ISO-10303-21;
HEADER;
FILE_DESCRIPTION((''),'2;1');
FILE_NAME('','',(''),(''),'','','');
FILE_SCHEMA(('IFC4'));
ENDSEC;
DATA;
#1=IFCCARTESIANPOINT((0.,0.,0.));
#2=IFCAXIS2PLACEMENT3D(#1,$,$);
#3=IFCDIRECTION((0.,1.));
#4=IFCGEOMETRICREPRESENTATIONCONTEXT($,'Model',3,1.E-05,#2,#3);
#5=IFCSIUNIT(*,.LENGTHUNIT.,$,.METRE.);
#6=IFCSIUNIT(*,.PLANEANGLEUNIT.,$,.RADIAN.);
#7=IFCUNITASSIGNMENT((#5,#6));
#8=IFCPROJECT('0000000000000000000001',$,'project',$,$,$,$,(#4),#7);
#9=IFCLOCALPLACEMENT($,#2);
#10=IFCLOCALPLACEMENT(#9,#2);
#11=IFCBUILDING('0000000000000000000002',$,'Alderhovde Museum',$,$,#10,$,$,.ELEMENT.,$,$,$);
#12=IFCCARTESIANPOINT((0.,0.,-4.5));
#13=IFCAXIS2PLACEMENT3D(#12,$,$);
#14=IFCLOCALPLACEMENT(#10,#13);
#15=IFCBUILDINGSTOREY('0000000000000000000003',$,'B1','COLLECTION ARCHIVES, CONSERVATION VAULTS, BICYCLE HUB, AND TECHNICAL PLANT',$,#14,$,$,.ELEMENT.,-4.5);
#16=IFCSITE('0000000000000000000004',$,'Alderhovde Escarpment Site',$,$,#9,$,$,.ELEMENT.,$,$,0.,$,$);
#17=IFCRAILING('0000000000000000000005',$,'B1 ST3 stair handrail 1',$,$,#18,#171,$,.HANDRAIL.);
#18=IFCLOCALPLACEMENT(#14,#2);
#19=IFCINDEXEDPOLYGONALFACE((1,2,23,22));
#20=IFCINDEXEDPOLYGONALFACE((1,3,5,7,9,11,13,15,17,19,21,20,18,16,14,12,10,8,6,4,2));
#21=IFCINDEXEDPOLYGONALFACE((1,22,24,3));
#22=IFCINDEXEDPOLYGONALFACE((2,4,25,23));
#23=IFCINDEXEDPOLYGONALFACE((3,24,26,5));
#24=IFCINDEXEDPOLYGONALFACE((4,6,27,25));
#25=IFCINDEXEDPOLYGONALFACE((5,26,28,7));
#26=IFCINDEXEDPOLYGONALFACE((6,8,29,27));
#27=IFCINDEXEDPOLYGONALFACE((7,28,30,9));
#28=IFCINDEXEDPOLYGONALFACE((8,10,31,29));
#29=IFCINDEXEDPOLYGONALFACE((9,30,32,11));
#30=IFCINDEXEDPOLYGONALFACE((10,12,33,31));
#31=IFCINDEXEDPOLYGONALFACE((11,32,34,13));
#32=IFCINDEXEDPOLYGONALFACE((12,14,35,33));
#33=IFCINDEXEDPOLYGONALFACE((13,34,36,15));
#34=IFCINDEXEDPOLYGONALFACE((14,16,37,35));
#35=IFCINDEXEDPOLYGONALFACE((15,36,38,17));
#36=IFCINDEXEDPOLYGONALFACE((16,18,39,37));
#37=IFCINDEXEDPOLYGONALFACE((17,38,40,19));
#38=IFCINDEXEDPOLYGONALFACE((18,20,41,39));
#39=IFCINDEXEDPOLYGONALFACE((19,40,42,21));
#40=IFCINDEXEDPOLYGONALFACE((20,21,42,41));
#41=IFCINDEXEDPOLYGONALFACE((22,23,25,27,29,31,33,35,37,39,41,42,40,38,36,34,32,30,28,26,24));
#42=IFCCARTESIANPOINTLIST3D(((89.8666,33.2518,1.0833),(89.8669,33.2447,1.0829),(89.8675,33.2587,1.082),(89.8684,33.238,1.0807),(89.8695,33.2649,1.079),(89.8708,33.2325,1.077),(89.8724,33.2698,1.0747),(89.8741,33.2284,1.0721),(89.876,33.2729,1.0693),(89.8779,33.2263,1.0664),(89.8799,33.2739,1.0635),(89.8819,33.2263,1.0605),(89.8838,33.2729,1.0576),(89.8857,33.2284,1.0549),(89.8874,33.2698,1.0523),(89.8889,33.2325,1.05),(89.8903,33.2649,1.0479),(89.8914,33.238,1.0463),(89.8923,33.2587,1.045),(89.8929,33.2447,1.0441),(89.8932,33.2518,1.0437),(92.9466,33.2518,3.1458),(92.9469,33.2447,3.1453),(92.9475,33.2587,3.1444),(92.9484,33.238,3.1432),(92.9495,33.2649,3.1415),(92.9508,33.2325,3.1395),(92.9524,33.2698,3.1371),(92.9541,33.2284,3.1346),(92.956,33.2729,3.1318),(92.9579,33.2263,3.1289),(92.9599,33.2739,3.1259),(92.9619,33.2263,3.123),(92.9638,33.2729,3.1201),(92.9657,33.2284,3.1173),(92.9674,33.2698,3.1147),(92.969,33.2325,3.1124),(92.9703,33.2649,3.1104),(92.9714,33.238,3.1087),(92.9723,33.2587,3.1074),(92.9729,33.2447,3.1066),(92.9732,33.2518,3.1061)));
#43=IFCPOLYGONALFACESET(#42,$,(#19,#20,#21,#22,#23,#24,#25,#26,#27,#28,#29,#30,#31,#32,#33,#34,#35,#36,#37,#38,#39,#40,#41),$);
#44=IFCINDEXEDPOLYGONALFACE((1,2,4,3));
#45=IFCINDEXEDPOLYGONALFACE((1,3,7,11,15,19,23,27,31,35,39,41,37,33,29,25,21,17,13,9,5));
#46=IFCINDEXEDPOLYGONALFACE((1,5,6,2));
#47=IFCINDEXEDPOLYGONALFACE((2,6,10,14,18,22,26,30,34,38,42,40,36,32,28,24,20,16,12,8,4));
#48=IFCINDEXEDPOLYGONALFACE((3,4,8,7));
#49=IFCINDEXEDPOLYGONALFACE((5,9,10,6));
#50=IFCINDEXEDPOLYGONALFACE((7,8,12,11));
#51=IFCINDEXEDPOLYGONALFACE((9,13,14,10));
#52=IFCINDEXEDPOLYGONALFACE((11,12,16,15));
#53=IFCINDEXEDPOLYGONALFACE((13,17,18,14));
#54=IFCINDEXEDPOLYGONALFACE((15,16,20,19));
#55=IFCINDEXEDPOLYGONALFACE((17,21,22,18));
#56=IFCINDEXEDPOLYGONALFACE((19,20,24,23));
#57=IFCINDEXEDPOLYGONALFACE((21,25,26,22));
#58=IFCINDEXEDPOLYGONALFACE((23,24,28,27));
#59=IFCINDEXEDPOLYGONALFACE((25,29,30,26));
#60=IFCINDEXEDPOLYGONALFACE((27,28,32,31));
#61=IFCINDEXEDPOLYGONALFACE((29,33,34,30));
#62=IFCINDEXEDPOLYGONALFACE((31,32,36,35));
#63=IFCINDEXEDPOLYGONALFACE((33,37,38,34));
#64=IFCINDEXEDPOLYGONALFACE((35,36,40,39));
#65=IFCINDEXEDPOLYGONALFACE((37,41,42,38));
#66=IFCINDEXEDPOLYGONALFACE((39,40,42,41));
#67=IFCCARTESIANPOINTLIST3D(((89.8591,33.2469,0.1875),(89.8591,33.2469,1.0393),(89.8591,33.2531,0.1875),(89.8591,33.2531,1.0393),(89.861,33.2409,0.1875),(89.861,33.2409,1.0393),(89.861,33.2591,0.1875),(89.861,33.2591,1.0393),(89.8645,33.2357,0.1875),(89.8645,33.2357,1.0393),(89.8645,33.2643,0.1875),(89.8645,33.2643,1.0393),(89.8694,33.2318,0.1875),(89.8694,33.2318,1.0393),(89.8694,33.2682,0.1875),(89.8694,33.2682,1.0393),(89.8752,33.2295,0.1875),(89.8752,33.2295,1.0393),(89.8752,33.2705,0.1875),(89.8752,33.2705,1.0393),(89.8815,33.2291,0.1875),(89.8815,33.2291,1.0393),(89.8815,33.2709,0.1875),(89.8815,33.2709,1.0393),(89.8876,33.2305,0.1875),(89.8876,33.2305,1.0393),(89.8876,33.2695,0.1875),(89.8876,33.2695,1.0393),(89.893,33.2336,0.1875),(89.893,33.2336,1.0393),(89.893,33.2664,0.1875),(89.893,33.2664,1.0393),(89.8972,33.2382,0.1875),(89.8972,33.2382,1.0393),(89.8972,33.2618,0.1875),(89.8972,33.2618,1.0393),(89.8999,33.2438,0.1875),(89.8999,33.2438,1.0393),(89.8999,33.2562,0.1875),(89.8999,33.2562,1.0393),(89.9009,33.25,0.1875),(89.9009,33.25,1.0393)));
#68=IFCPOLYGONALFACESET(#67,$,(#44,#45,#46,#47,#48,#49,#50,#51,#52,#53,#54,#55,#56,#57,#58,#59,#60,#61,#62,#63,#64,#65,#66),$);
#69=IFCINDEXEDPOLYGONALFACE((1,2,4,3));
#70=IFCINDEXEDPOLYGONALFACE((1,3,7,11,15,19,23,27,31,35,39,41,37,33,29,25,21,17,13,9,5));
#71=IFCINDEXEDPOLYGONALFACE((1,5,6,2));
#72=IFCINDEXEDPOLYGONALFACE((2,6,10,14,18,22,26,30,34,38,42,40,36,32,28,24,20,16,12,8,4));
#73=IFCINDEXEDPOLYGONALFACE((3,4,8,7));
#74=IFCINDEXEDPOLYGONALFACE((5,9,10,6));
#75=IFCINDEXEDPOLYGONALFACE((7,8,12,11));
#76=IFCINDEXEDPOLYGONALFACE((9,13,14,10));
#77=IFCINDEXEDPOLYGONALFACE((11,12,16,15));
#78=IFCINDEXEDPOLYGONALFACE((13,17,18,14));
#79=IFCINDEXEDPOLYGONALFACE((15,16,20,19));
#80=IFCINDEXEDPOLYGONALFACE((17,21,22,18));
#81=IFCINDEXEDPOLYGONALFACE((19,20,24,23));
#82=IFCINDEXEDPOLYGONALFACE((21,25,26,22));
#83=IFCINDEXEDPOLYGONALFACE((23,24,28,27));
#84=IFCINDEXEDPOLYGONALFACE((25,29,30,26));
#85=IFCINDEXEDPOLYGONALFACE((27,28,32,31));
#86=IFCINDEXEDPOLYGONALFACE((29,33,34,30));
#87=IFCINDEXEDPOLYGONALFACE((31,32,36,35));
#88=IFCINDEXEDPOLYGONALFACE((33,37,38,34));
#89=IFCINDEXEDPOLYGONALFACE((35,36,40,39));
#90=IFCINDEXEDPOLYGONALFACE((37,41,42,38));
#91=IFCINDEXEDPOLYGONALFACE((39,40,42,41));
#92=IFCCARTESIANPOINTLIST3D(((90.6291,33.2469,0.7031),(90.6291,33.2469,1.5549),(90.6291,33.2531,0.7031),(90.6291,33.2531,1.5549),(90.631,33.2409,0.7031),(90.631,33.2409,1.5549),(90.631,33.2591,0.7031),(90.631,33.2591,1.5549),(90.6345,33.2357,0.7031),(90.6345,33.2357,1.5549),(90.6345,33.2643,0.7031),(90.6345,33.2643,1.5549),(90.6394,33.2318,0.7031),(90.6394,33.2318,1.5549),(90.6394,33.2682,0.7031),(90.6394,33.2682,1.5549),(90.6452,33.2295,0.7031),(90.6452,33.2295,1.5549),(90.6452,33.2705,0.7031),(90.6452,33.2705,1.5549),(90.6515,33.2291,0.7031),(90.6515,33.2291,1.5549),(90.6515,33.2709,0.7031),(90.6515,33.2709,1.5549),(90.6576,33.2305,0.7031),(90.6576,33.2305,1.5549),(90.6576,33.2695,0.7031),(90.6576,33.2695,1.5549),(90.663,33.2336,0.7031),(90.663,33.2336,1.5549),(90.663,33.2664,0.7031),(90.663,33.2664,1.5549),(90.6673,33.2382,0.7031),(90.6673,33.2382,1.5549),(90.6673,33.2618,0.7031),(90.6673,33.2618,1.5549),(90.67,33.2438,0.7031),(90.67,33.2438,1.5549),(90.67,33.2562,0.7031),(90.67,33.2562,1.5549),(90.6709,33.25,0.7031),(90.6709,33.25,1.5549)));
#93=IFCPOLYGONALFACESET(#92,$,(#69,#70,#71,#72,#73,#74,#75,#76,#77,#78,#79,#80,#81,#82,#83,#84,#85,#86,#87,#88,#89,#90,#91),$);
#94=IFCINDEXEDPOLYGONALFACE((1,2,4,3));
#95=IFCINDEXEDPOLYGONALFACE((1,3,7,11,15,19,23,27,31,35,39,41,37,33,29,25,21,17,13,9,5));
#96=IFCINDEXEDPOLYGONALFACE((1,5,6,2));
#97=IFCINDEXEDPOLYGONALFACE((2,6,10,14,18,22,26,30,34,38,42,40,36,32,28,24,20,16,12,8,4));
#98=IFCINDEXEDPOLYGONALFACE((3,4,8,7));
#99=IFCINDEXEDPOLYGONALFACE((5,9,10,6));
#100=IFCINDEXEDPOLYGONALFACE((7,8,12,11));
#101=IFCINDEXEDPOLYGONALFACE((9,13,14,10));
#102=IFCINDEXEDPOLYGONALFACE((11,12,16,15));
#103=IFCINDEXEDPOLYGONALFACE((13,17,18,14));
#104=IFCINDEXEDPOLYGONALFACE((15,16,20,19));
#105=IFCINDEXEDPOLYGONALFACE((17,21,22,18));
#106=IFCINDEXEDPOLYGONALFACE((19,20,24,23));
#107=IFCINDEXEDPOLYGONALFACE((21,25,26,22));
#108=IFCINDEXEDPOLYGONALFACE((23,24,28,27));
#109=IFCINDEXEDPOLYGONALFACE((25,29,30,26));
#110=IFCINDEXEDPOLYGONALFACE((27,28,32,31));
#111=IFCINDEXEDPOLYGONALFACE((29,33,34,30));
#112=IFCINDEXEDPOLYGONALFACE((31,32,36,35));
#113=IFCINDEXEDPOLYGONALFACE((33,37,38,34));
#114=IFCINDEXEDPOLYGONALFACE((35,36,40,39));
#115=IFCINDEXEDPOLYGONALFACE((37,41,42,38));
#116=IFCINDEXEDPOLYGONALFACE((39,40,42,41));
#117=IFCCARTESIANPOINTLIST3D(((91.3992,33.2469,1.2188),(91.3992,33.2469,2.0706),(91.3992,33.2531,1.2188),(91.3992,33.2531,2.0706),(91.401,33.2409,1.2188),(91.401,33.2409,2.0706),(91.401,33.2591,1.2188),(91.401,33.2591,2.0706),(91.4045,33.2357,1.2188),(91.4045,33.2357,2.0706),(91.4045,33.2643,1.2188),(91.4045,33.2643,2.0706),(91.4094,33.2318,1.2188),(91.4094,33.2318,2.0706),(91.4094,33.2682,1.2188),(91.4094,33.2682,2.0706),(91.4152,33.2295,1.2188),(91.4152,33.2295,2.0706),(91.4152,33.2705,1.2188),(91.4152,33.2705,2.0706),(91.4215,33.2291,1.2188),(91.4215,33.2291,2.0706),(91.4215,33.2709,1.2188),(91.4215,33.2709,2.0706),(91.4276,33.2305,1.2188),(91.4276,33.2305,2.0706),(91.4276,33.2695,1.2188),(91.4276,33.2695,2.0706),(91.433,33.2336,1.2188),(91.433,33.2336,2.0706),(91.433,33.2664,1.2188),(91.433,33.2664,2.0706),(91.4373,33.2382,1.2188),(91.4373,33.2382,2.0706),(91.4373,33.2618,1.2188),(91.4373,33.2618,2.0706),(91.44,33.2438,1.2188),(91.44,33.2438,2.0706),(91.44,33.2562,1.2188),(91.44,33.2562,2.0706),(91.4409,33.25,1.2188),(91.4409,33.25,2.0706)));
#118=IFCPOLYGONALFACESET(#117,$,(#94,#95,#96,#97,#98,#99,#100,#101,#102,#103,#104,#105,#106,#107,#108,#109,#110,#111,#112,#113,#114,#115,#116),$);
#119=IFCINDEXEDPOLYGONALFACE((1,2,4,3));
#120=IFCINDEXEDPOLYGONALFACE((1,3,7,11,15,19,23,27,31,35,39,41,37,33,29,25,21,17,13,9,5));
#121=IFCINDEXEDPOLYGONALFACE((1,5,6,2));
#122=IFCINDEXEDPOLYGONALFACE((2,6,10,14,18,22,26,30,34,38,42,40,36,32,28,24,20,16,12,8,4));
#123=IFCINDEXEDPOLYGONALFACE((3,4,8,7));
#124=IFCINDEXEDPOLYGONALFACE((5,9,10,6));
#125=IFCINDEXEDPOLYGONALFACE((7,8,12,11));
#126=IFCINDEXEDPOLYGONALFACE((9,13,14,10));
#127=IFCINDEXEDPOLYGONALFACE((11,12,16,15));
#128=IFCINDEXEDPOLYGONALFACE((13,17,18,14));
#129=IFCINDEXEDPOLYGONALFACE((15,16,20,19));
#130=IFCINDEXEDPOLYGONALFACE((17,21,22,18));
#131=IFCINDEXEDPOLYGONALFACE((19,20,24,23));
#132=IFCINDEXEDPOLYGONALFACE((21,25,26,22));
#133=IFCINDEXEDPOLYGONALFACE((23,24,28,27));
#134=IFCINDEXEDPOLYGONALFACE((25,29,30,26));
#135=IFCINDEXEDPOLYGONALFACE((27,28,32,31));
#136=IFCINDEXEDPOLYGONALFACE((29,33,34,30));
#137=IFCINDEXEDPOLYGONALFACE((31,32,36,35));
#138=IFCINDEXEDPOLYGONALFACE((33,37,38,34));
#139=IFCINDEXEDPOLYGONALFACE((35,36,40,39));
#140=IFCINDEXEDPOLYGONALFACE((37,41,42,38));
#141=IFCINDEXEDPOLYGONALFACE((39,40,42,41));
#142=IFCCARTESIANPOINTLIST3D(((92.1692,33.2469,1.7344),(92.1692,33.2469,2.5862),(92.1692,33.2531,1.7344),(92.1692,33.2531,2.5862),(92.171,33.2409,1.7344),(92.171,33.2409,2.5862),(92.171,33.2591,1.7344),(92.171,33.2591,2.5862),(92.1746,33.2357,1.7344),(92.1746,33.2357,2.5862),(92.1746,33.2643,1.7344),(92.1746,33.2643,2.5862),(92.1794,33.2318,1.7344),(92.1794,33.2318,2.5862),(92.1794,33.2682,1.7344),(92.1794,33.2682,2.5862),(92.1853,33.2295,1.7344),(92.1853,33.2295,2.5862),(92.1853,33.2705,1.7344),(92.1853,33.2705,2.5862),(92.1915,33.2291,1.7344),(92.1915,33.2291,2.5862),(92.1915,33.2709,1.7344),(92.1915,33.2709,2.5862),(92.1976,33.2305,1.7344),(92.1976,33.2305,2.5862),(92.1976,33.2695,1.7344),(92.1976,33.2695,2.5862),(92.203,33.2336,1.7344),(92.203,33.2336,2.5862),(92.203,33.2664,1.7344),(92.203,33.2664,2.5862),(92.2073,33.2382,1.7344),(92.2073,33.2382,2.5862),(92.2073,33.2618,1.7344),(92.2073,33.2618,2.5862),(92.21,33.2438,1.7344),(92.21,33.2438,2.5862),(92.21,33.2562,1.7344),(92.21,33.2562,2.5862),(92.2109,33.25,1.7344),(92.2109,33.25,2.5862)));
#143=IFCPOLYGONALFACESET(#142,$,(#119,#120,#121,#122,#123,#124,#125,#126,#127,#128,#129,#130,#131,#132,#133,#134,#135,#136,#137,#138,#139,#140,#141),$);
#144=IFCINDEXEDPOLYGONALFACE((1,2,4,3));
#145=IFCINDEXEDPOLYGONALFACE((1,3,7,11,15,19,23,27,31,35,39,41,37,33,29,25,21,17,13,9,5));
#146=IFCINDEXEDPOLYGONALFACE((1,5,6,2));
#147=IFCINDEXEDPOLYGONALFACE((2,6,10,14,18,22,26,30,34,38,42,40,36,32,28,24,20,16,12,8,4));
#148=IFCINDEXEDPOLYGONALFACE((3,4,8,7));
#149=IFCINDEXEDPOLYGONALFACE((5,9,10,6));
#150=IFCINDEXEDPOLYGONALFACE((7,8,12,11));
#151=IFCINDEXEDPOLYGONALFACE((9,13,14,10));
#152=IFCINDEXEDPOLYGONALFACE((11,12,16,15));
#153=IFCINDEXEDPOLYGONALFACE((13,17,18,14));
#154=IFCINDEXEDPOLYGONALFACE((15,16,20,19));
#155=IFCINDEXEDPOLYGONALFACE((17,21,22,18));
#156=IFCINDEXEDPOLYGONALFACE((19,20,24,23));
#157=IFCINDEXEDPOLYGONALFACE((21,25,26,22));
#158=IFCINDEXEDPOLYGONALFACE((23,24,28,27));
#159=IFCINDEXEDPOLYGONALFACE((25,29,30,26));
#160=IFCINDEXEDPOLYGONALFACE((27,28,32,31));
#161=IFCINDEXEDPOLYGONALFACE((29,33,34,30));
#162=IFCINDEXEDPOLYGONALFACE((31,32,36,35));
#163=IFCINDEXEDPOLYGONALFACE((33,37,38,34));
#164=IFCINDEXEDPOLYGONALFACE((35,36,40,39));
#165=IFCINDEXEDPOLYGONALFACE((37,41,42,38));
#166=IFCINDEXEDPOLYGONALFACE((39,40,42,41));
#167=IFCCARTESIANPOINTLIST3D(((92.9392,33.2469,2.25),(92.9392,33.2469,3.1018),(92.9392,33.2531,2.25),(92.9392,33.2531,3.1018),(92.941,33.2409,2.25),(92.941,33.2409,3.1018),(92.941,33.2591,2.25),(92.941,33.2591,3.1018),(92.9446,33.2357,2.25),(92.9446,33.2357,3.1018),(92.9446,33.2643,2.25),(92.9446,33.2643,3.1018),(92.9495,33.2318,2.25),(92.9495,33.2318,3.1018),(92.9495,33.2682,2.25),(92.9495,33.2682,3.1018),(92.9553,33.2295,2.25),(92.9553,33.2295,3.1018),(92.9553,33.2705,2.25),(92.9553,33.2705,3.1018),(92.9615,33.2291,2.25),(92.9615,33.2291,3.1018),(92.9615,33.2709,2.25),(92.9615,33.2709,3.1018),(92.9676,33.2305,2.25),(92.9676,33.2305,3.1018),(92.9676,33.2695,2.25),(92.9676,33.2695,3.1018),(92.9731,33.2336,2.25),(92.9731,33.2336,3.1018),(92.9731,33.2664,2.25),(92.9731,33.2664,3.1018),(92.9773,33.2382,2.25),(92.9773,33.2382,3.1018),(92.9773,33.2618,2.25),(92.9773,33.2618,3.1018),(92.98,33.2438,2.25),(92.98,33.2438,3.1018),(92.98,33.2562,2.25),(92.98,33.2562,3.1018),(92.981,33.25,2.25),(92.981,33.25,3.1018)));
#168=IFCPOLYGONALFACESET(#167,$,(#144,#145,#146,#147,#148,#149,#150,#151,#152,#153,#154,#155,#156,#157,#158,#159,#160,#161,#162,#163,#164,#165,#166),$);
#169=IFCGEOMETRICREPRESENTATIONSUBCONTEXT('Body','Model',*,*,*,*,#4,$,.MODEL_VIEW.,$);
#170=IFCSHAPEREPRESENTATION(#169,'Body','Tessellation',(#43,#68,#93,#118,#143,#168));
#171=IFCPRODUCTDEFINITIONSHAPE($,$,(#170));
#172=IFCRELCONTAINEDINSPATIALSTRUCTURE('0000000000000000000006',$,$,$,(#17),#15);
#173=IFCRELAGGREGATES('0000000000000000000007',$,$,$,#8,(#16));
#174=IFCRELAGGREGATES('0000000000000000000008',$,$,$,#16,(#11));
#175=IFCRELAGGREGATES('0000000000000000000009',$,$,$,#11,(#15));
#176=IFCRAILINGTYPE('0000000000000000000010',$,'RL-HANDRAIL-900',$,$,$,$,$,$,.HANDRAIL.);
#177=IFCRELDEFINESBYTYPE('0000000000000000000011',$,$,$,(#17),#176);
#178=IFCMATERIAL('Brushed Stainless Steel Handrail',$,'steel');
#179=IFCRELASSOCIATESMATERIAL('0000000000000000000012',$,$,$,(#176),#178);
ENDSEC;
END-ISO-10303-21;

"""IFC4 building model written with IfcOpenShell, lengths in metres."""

from ifc_helpers import new_model, si_unit, direction, frame, origin, origin_2d, place, context, subcontext, project, spatial, circle, extrude, material, type_object, element, save


model = new_model("IFC4")

# Units and contexts
model_context = context("Model", 3, precision=1e-05, world=origin(), true_north=direction((0.0, 1.0)))
body_context = subcontext(model_context, "Body", "Model", "MODEL_VIEW")
ifc_project = project(units=[si_unit("LENGTHUNIT", "METRE"), si_unit("PLANEANGLEUNIT", "RADIAN")], contexts=[model_context])

# Site, building, storey
site_placement = place(None, origin())
site = spatial("IfcSite", under=ifc_project, at=site_placement, Name="Alderhovde Escarpment Site", CompositionType="ELEMENT", RefElevation=0.0)
building_placement = place(site_placement, origin())
building = spatial("IfcBuilding", under=site, at=building_placement, Name="Alderhovde Museum", CompositionType="ELEMENT")
storey_placement = place(building_placement, frame((0.0, 0.0, -4.5)))
storey = spatial("IfcBuildingStorey", under=building, at=storey_placement, Name="B1", Description="COLLECTION ARCHIVES, CONSERVATION VAULTS, BICYCLE HUB, AND TECHNICAL PLANT", CompositionType="ELEMENT", Elevation=-4.5)

# Railing
ifc_material_1 = material(Name="Brushed Stainless Steel Handrail", Category="steel")
railing_type_1 = type_object("IfcRailingType", Name="RL-HANDRAIL-900", PredefinedType="HANDRAIL", material=ifc_material_1)
railing_1_placement = place(storey_placement, frame((89.8799, 33.25, 0.1875)))
element("IfcRailing", 1, at=railing_1_placement, inside=storey, type_object=railing_type_1, Name="B1 ST3 stair handrail 1", PredefinedType="HANDRAIL", context=body_context, shape_type="SweptSolid", body=[
    extrude(circle(Radius=0.0239, at=origin_2d()), frame((0.0, 0.0, 0.876), z_axis=(0.830914, 0.0, 0.556401), x_axis=(0.0, 1.0, 0.0)), (0.0, 0.0, 1.0), 3.7068),
    extrude(circle(Radius=0.021, at=origin_2d()), origin(), (0.0, 0.0, 1.0), 0.8518),
    extrude(circle(Radius=0.021, at=origin_2d()), frame((0.77, 0.0, 0.5156)), (0.0, 0.0, 1.0), 0.8518),
    extrude(circle(Radius=0.021, at=origin_2d()), frame((1.54, 0.0, 1.0312)), (0.0, 0.0, 1.0), 0.8518),
    extrude(circle(Radius=0.021, at=origin_2d()), frame((2.3101, 0.0, 1.5469)), (0.0, 0.0, 1.0), 0.8518),
    extrude(circle(Radius=0.021, at=origin_2d()), frame((3.0801, 0.0, 2.0625)), (0.0, 0.0, 1.0), 0.8518),
])

save(model, "model.ifc")
